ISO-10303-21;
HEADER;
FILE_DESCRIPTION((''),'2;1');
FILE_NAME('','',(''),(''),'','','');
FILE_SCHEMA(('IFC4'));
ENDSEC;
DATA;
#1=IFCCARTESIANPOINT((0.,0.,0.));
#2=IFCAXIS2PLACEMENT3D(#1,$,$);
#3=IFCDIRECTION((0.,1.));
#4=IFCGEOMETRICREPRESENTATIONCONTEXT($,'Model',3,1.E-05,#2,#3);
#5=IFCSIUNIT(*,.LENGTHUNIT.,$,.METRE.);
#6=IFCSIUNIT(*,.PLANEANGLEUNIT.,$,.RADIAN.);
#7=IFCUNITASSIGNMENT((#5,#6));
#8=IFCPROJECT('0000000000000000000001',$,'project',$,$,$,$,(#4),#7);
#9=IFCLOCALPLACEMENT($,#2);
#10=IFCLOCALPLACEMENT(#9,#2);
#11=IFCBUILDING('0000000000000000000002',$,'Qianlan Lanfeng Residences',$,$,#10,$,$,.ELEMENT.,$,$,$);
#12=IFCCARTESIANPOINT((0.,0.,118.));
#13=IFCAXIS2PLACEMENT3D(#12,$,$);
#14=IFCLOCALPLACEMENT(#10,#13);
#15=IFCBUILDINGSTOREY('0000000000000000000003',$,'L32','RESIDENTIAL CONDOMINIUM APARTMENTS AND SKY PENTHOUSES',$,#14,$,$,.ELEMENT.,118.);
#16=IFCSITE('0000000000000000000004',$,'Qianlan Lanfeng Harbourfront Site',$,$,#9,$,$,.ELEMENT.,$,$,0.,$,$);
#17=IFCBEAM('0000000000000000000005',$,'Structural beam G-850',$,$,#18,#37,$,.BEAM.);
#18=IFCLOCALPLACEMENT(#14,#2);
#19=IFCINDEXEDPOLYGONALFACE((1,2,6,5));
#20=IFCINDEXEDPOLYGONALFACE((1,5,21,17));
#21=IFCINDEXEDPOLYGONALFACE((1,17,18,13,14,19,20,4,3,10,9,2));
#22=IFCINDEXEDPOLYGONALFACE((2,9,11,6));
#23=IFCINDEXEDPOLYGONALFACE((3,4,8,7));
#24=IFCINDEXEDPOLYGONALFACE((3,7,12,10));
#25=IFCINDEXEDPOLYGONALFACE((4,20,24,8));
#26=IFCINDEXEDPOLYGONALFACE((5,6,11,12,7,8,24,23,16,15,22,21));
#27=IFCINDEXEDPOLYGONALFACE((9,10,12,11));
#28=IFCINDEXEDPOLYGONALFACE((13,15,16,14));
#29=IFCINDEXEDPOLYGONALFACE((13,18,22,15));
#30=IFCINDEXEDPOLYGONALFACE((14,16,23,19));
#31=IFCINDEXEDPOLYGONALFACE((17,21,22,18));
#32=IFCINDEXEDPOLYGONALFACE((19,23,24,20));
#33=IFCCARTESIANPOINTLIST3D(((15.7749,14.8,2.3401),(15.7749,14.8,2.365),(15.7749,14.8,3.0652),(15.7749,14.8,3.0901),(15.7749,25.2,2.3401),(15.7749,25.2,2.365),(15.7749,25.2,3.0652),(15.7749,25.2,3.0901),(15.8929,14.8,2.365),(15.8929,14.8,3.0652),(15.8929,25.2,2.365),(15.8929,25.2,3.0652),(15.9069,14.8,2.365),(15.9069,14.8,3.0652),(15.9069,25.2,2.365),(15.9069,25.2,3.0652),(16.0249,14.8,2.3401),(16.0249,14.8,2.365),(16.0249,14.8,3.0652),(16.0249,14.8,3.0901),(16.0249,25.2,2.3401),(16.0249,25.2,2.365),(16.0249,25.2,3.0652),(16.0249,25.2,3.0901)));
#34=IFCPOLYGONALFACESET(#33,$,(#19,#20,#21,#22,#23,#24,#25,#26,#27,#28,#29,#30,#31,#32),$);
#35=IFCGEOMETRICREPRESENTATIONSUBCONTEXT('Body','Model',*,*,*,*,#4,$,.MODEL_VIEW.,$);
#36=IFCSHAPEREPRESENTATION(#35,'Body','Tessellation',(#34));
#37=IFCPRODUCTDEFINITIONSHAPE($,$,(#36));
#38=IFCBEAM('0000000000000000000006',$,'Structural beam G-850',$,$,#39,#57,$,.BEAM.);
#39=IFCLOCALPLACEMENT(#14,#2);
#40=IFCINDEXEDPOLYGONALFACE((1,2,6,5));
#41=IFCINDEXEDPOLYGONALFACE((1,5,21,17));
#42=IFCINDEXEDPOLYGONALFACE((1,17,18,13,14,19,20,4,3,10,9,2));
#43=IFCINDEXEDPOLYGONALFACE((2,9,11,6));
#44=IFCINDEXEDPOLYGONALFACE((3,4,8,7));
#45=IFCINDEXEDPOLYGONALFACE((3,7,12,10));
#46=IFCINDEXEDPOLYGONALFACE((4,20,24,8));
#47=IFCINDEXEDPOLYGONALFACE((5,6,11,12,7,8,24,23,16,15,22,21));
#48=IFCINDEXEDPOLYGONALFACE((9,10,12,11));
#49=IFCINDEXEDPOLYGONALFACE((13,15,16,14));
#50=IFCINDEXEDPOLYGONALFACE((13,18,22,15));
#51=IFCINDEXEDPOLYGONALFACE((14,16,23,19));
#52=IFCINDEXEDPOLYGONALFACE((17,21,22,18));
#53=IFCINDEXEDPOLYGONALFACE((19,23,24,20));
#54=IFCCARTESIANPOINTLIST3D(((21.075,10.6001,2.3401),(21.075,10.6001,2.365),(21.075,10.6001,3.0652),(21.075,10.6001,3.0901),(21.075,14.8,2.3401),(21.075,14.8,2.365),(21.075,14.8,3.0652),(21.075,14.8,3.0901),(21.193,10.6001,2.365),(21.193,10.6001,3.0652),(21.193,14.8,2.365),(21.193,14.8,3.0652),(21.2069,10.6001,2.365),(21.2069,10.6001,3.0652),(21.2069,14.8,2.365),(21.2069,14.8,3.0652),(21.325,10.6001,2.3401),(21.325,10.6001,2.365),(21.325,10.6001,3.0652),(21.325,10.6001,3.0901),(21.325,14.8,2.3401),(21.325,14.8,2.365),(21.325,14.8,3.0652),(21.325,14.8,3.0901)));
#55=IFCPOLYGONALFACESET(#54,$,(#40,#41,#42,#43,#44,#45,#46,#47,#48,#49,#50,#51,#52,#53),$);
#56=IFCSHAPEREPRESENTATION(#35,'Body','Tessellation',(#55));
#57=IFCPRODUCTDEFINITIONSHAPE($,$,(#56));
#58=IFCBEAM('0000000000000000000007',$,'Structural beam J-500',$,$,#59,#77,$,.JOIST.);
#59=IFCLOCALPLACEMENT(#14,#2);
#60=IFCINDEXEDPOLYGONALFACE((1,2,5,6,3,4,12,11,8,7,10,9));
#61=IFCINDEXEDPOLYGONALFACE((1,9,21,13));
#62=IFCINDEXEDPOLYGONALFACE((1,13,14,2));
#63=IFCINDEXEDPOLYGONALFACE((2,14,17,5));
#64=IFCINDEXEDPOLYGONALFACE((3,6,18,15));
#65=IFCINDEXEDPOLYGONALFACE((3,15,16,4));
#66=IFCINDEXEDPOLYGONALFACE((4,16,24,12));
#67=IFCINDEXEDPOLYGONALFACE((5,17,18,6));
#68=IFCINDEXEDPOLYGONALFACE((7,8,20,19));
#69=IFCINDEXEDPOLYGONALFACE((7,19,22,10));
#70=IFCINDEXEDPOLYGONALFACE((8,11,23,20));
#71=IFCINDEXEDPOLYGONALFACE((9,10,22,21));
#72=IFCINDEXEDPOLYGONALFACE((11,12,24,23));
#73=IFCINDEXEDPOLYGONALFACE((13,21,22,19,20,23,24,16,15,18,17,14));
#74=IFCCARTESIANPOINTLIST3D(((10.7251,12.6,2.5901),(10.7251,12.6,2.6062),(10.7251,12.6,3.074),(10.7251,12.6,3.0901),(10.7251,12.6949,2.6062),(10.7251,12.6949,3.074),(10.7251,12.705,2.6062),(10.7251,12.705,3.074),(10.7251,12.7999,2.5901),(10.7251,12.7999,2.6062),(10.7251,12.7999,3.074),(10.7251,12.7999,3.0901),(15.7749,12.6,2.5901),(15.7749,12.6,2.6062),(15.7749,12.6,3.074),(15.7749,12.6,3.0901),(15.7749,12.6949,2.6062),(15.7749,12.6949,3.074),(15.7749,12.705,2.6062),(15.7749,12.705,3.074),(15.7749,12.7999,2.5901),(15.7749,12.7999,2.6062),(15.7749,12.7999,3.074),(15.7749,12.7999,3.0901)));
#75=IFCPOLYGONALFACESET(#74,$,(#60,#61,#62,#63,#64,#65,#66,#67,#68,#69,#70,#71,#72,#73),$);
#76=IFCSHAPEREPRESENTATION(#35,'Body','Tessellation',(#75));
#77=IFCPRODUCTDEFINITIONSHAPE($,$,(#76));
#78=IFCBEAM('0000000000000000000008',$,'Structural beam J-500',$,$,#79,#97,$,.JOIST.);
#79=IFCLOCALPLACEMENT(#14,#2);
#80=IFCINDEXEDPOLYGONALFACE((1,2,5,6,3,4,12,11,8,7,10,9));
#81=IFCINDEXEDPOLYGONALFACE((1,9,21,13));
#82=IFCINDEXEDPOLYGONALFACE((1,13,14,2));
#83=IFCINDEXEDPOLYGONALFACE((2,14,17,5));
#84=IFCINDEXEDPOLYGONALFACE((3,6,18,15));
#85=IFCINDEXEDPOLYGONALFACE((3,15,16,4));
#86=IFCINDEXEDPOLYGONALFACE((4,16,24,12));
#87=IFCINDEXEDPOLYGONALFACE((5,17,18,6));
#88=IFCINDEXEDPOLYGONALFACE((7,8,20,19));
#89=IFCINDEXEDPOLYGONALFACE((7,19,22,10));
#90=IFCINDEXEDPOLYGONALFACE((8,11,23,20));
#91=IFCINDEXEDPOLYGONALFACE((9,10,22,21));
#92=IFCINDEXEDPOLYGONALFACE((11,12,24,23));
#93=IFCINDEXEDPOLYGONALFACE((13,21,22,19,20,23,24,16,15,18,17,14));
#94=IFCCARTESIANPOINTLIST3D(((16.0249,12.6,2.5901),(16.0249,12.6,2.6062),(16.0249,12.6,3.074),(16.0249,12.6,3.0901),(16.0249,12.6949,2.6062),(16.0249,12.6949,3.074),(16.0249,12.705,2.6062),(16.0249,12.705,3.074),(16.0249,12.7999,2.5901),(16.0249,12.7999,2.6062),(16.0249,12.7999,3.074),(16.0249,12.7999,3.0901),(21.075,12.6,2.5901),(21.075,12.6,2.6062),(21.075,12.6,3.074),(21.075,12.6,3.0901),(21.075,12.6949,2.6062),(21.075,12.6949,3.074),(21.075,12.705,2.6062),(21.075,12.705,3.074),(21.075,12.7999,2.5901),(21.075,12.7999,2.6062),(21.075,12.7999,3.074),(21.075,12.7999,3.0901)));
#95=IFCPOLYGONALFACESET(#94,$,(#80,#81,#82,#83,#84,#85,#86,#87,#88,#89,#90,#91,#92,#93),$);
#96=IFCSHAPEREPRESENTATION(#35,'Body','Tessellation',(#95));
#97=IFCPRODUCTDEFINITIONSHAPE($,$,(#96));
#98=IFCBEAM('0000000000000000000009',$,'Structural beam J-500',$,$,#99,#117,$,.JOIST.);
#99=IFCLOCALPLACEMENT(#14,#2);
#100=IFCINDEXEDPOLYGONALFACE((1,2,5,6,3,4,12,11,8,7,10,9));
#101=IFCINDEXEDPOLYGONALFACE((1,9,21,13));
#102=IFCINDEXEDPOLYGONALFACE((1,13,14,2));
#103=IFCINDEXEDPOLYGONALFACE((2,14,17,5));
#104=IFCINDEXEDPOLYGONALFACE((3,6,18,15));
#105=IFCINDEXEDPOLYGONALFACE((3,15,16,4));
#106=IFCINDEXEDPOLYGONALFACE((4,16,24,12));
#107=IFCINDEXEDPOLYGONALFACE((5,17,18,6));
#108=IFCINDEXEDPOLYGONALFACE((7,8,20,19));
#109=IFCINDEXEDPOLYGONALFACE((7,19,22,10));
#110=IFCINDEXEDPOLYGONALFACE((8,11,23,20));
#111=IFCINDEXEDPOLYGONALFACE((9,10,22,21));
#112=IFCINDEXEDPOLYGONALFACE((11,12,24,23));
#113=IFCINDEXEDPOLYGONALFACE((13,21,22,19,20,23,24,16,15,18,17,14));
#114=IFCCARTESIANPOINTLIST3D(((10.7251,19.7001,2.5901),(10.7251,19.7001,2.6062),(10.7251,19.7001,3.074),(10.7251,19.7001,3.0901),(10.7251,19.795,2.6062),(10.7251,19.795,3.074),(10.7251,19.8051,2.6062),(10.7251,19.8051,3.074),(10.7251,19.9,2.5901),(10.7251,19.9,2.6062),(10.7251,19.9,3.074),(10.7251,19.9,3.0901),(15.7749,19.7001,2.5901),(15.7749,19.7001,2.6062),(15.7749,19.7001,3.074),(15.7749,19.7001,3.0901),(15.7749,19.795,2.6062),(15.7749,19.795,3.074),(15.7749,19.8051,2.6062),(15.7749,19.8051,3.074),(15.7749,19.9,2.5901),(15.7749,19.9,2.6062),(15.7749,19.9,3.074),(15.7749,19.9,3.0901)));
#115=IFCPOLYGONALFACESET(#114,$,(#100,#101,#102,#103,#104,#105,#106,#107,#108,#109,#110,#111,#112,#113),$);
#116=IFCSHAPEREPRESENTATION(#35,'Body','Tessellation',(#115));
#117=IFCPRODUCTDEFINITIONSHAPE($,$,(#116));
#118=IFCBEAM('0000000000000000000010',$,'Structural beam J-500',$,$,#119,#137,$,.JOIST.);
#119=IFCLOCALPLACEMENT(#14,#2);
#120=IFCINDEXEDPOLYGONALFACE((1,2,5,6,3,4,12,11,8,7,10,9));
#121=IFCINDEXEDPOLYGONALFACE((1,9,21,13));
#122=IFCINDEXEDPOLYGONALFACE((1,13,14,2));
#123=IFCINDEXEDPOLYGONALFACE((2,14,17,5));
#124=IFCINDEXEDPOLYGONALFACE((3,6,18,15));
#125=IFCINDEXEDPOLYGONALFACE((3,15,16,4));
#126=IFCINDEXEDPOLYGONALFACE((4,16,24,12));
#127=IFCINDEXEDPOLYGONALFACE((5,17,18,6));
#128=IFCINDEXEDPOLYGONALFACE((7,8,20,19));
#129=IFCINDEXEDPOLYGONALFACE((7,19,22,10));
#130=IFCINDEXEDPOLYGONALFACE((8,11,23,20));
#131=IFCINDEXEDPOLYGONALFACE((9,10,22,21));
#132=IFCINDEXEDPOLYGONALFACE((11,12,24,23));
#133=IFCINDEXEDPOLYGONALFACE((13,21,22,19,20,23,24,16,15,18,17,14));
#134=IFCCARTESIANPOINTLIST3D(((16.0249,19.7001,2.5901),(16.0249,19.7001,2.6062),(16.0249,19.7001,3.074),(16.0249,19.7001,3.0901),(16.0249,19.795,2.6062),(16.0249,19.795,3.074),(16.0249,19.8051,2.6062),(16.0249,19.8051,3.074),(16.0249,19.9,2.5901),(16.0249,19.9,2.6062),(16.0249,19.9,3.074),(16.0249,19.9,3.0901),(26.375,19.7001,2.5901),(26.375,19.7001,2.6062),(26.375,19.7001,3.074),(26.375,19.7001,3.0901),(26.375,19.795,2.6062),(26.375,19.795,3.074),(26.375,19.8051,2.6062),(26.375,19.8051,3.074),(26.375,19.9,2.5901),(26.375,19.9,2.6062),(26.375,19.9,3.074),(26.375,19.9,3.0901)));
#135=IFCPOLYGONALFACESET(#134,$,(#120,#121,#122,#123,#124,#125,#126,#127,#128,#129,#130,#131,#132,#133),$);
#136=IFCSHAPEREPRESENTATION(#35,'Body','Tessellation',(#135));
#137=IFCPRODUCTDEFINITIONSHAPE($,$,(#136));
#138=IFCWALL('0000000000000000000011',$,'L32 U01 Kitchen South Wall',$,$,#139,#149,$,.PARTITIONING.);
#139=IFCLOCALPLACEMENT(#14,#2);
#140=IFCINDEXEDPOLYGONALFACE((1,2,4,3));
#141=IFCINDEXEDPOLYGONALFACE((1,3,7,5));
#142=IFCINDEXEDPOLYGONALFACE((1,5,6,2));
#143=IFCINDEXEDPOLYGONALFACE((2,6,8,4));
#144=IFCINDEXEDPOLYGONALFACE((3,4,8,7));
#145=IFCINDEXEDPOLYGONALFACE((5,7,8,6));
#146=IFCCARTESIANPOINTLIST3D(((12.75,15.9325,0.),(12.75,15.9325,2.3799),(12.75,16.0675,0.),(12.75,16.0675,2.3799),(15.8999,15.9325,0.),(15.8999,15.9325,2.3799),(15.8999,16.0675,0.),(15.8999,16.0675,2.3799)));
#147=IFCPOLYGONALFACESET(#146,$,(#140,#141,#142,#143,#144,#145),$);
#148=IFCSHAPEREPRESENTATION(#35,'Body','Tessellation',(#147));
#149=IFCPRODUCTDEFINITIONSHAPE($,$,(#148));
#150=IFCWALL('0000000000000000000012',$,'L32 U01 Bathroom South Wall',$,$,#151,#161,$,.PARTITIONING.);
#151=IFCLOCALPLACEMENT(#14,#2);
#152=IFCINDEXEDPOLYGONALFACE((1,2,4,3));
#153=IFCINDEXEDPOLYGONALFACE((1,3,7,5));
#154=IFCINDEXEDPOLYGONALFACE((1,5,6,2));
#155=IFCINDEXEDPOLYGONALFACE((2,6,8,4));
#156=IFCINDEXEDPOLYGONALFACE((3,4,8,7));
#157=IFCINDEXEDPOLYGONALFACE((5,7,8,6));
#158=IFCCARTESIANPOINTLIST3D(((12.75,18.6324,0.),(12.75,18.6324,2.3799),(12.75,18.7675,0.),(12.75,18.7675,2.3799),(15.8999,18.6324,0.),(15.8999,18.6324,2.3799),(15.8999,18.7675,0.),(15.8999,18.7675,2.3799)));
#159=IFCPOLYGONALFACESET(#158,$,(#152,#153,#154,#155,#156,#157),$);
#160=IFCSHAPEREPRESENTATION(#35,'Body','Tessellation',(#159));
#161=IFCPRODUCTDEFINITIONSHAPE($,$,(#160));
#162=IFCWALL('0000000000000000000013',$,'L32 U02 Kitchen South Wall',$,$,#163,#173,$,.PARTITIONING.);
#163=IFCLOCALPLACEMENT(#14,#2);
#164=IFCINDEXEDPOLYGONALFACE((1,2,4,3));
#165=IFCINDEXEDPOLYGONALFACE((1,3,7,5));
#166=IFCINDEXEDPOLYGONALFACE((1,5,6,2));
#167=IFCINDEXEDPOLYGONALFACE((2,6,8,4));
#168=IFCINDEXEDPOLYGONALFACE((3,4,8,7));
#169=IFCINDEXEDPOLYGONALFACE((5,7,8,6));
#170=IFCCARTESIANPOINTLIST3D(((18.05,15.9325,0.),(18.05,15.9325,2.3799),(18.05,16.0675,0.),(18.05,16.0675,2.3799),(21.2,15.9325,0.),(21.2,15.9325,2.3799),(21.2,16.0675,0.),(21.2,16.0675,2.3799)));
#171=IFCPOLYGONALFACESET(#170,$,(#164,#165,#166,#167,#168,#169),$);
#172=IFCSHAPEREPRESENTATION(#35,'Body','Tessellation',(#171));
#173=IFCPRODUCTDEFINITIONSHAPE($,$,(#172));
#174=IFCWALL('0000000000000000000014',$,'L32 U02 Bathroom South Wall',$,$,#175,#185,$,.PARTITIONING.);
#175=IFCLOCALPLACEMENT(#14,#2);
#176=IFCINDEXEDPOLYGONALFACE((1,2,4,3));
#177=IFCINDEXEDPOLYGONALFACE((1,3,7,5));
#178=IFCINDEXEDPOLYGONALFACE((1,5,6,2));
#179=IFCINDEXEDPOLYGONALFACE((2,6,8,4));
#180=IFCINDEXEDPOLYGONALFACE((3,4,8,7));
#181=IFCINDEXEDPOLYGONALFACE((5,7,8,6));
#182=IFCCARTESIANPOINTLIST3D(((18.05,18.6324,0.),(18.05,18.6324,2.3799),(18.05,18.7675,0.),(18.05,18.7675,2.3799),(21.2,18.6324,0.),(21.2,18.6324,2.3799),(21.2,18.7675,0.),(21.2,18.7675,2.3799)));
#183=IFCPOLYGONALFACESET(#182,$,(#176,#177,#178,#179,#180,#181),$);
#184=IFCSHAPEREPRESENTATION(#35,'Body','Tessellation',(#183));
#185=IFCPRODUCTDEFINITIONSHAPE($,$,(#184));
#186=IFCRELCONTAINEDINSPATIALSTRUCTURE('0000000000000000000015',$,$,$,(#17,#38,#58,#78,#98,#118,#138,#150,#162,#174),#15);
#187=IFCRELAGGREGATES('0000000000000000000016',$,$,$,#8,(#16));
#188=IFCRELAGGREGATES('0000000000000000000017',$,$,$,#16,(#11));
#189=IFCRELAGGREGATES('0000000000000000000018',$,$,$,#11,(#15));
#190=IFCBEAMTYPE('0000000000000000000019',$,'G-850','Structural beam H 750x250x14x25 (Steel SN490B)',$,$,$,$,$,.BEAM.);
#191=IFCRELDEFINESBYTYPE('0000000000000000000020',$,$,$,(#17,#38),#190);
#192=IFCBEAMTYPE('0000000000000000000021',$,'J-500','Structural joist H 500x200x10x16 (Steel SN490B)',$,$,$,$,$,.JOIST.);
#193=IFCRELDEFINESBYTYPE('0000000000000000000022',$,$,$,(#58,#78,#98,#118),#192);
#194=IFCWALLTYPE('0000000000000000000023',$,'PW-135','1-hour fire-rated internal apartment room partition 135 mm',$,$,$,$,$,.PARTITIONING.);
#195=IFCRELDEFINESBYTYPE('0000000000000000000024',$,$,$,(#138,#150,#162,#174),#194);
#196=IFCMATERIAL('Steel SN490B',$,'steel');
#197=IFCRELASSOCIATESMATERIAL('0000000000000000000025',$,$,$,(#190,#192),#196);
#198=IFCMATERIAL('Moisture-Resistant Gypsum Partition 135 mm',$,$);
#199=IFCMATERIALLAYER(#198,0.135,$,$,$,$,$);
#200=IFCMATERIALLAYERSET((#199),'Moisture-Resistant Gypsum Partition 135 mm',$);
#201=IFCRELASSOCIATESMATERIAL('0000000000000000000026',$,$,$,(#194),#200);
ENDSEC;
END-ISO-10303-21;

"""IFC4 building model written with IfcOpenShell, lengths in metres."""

from ifc_helpers import new_model, si_unit, direction, frame, frame_2d, origin, origin_2d, place, context, subcontext, project, spatial, rectangle, i_section, extrude, material, layer, layer_set, material_profile, profile_set, type_object, element, save


model = new_model("IFC4")

# Units and contexts
model_context = context("Model", 3, precision=1e-05, world=origin(), true_north=direction((0.0, 1.0)))
body_context = subcontext(model_context, "Body", "Model", "MODEL_VIEW")
ifc_project = project(units=[si_unit("LENGTHUNIT", "METRE"), si_unit("PLANEANGLEUNIT", "RADIAN")], contexts=[model_context])

# Site, building, storey
site_placement = place(None, origin())
site = spatial("IfcSite", under=ifc_project, at=site_placement, Name="Qianlan Lanfeng Harbourfront Site", CompositionType="ELEMENT", RefElevation=0.0)
building_placement = place(site_placement, origin())
building = spatial("IfcBuilding", under=site, at=building_placement, Name="Qianlan Lanfeng Residences", CompositionType="ELEMENT")
storey_placement = place(building_placement, frame((0.0, 0.0, 118.0)))
storey = spatial("IfcBuildingStorey", under=building, at=storey_placement, Name="L32", Description="RESIDENTIAL CONDOMINIUM APARTMENTS AND SKY PENTHOUSES", CompositionType="ELEMENT", Elevation=118.0)

# Shared definitions
ifc_material_1 = material(Name="Steel SN490B", Category="steel")

# Beams
ifc_material_profile_1 = material_profile(ifc_material_1, i_section(OverallWidth=0.25, OverallDepth=0.75, WebThickness=0.0139, FlangeThickness=0.0249, at=origin_2d()), Name="H 750x250x14x25")
ifc_profile_set_1 = profile_set([ifc_material_profile_1], Name="Steel SN490B")
beam_type_1 = type_object("IfcBeamType", Name="G-850", Description="Structural beam H 750x250x14x25 (Steel SN490B)", PredefinedType="BEAM", material=ifc_profile_set_1)
beam_1_placement = place(storey_placement, frame((15.8999, 14.8, 2.7151), z_axis=(0.0, 1.0, 0.0), x_axis=(-1.0, 0.0, 0.0)))
element("IfcBeam", 1, at=beam_1_placement, inside=storey, type_object=beam_type_1, Name="Structural beam G-850", PredefinedType="BEAM", context=body_context, shape_type="SweptSolid", body=[
    extrude(i_section(OverallWidth=0.25, OverallDepth=0.75, WebThickness=0.0139, FlangeThickness=0.0249, at=origin_2d()), origin(), (0.0, 0.0, 1.0), 10.3999),
])
beam_2_placement = place(storey_placement, frame((21.2, 10.6001, 2.7151), z_axis=(0.0, 1.0, 0.0), x_axis=(-1.0, 0.0, 0.0)))
element("IfcBeam", 2, at=beam_2_placement, inside=storey, type_object=beam_type_1, Name="Structural beam G-850", PredefinedType="BEAM", context=body_context, shape_type="SweptSolid", body=[
    extrude(i_section(OverallWidth=0.25, OverallDepth=0.75, WebThickness=0.0139, FlangeThickness=0.0249, at=origin_2d()), origin(), (0.0, 0.0, 1.0), 4.2),
])
ifc_material_profile_2 = material_profile(ifc_material_1, i_section(OverallWidth=0.2, OverallDepth=0.5, WebThickness=0.01, FlangeThickness=0.0161, at=origin_2d()), Name="H 500x200x10x16")
ifc_profile_set_2 = profile_set([ifc_material_profile_2], Name="Steel SN490B")
beam_type_2 = type_object("IfcBeamType", Name="J-500", Description="Structural joist H 500x200x10x16 (Steel SN490B)", PredefinedType="JOIST", material=ifc_profile_set_2)
beam_3_placement = place(storey_placement, frame((10.7251, 12.7, 2.8401), z_axis=(1.0, 0.0, 0.0), x_axis=(0.0, 1.0, 0.0)))
element("IfcBeam", 3, at=beam_3_placement, inside=storey, type_object=beam_type_2, Name="Structural beam J-500", PredefinedType="JOIST", context=body_context, shape_type="SweptSolid", body=[
    extrude(i_section(OverallWidth=0.2, OverallDepth=0.5, WebThickness=0.01, FlangeThickness=0.0161, at=origin_2d()), origin(), (0.0, 0.0, 1.0), 5.0498),
])
beam_4_placement = place(storey_placement, frame((16.0249, 12.7, 2.8401), z_axis=(1.0, 0.0, 0.0), x_axis=(0.0, 1.0, 0.0)))
element("IfcBeam", 4, at=beam_4_placement, inside=storey, type_object=beam_type_2, Name="Structural beam J-500", PredefinedType="JOIST", context=body_context, shape_type="SweptSolid", body=[
    extrude(i_section(OverallWidth=0.2, OverallDepth=0.5, WebThickness=0.01, FlangeThickness=0.0161, at=origin_2d()), origin(), (0.0, 0.0, 1.0), 5.05),
])
beam_5_placement = place(storey_placement, frame((10.7251, 19.8, 2.8401), z_axis=(1.0, 0.0, 0.0), x_axis=(0.0, 1.0, 0.0)))
element("IfcBeam", 5, at=beam_5_placement, inside=storey, type_object=beam_type_2, Name="Structural beam J-500", PredefinedType="JOIST", context=body_context, shape_type="SweptSolid", body=[
    extrude(i_section(OverallWidth=0.2, OverallDepth=0.5, WebThickness=0.01, FlangeThickness=0.0161, at=origin_2d()), origin(), (0.0, 0.0, 1.0), 5.0498),
])
beam_6_placement = place(storey_placement, frame((16.0249, 19.8, 2.8401), z_axis=(1.0, 0.0, 0.0), x_axis=(0.0, 1.0, 0.0)))
element("IfcBeam", 6, at=beam_6_placement, inside=storey, type_object=beam_type_2, Name="Structural beam J-500", PredefinedType="JOIST", context=body_context, shape_type="SweptSolid", body=[
    extrude(i_section(OverallWidth=0.2, OverallDepth=0.5, WebThickness=0.01, FlangeThickness=0.0161, at=origin_2d()), origin(), (0.0, 0.0, 1.0), 10.3501),
])

# Shared definitions
ifc_material_2 = material(Name="Moisture-Resistant Gypsum Partition 135 mm")
ifc_layer = layer(ifc_material_2, 0.135)
ifc_layer_set = layer_set([ifc_layer], Name="Moisture-Resistant Gypsum Partition 135 mm")
wall_type = type_object("IfcWallType", Name="PW-135", Description="1-hour fire-rated internal apartment room partition 135 mm", PredefinedType="PARTITIONING", material=ifc_layer_set)

# Walls
for number, where, z_axis, x_axis, name in (
    (7, (12.75, 16.0, 0.0), (0.0, 0.0, 1.0), (1.0, 0.0, 0.0), "L32 U01 Kitchen South Wall"),
    (8, (12.75, 18.7, 0.0), (0.0, 0.0, 1.0), (1.0, 0.0, 0.0), "L32 U01 Bathroom South Wall"),
    (9, (18.05, 16.0, 0.0), (0.0, 0.0, 1.0), (1.0, 0.0, 0.0), "L32 U02 Kitchen South Wall"),
    (10, (18.05, 18.7, 0.0), (0.0, 0.0, 1.0), (1.0, 0.0, 0.0), "L32 U02 Bathroom South Wall"),
):
    element("IfcWall", number, at=place(storey_placement, frame(where, z_axis=z_axis, x_axis=x_axis)), inside=storey, type_object=wall_type, Name=name, PredefinedType="PARTITIONING", context=body_context, shape_type="SweptSolid", body=[
        extrude(rectangle(XDim=3.1499, YDim=0.135, at=frame_2d((1.575, 0.0))), origin(), (0.0, 0.0, 1.0), 2.3799),
    ])

save(model, "model.ifc")
